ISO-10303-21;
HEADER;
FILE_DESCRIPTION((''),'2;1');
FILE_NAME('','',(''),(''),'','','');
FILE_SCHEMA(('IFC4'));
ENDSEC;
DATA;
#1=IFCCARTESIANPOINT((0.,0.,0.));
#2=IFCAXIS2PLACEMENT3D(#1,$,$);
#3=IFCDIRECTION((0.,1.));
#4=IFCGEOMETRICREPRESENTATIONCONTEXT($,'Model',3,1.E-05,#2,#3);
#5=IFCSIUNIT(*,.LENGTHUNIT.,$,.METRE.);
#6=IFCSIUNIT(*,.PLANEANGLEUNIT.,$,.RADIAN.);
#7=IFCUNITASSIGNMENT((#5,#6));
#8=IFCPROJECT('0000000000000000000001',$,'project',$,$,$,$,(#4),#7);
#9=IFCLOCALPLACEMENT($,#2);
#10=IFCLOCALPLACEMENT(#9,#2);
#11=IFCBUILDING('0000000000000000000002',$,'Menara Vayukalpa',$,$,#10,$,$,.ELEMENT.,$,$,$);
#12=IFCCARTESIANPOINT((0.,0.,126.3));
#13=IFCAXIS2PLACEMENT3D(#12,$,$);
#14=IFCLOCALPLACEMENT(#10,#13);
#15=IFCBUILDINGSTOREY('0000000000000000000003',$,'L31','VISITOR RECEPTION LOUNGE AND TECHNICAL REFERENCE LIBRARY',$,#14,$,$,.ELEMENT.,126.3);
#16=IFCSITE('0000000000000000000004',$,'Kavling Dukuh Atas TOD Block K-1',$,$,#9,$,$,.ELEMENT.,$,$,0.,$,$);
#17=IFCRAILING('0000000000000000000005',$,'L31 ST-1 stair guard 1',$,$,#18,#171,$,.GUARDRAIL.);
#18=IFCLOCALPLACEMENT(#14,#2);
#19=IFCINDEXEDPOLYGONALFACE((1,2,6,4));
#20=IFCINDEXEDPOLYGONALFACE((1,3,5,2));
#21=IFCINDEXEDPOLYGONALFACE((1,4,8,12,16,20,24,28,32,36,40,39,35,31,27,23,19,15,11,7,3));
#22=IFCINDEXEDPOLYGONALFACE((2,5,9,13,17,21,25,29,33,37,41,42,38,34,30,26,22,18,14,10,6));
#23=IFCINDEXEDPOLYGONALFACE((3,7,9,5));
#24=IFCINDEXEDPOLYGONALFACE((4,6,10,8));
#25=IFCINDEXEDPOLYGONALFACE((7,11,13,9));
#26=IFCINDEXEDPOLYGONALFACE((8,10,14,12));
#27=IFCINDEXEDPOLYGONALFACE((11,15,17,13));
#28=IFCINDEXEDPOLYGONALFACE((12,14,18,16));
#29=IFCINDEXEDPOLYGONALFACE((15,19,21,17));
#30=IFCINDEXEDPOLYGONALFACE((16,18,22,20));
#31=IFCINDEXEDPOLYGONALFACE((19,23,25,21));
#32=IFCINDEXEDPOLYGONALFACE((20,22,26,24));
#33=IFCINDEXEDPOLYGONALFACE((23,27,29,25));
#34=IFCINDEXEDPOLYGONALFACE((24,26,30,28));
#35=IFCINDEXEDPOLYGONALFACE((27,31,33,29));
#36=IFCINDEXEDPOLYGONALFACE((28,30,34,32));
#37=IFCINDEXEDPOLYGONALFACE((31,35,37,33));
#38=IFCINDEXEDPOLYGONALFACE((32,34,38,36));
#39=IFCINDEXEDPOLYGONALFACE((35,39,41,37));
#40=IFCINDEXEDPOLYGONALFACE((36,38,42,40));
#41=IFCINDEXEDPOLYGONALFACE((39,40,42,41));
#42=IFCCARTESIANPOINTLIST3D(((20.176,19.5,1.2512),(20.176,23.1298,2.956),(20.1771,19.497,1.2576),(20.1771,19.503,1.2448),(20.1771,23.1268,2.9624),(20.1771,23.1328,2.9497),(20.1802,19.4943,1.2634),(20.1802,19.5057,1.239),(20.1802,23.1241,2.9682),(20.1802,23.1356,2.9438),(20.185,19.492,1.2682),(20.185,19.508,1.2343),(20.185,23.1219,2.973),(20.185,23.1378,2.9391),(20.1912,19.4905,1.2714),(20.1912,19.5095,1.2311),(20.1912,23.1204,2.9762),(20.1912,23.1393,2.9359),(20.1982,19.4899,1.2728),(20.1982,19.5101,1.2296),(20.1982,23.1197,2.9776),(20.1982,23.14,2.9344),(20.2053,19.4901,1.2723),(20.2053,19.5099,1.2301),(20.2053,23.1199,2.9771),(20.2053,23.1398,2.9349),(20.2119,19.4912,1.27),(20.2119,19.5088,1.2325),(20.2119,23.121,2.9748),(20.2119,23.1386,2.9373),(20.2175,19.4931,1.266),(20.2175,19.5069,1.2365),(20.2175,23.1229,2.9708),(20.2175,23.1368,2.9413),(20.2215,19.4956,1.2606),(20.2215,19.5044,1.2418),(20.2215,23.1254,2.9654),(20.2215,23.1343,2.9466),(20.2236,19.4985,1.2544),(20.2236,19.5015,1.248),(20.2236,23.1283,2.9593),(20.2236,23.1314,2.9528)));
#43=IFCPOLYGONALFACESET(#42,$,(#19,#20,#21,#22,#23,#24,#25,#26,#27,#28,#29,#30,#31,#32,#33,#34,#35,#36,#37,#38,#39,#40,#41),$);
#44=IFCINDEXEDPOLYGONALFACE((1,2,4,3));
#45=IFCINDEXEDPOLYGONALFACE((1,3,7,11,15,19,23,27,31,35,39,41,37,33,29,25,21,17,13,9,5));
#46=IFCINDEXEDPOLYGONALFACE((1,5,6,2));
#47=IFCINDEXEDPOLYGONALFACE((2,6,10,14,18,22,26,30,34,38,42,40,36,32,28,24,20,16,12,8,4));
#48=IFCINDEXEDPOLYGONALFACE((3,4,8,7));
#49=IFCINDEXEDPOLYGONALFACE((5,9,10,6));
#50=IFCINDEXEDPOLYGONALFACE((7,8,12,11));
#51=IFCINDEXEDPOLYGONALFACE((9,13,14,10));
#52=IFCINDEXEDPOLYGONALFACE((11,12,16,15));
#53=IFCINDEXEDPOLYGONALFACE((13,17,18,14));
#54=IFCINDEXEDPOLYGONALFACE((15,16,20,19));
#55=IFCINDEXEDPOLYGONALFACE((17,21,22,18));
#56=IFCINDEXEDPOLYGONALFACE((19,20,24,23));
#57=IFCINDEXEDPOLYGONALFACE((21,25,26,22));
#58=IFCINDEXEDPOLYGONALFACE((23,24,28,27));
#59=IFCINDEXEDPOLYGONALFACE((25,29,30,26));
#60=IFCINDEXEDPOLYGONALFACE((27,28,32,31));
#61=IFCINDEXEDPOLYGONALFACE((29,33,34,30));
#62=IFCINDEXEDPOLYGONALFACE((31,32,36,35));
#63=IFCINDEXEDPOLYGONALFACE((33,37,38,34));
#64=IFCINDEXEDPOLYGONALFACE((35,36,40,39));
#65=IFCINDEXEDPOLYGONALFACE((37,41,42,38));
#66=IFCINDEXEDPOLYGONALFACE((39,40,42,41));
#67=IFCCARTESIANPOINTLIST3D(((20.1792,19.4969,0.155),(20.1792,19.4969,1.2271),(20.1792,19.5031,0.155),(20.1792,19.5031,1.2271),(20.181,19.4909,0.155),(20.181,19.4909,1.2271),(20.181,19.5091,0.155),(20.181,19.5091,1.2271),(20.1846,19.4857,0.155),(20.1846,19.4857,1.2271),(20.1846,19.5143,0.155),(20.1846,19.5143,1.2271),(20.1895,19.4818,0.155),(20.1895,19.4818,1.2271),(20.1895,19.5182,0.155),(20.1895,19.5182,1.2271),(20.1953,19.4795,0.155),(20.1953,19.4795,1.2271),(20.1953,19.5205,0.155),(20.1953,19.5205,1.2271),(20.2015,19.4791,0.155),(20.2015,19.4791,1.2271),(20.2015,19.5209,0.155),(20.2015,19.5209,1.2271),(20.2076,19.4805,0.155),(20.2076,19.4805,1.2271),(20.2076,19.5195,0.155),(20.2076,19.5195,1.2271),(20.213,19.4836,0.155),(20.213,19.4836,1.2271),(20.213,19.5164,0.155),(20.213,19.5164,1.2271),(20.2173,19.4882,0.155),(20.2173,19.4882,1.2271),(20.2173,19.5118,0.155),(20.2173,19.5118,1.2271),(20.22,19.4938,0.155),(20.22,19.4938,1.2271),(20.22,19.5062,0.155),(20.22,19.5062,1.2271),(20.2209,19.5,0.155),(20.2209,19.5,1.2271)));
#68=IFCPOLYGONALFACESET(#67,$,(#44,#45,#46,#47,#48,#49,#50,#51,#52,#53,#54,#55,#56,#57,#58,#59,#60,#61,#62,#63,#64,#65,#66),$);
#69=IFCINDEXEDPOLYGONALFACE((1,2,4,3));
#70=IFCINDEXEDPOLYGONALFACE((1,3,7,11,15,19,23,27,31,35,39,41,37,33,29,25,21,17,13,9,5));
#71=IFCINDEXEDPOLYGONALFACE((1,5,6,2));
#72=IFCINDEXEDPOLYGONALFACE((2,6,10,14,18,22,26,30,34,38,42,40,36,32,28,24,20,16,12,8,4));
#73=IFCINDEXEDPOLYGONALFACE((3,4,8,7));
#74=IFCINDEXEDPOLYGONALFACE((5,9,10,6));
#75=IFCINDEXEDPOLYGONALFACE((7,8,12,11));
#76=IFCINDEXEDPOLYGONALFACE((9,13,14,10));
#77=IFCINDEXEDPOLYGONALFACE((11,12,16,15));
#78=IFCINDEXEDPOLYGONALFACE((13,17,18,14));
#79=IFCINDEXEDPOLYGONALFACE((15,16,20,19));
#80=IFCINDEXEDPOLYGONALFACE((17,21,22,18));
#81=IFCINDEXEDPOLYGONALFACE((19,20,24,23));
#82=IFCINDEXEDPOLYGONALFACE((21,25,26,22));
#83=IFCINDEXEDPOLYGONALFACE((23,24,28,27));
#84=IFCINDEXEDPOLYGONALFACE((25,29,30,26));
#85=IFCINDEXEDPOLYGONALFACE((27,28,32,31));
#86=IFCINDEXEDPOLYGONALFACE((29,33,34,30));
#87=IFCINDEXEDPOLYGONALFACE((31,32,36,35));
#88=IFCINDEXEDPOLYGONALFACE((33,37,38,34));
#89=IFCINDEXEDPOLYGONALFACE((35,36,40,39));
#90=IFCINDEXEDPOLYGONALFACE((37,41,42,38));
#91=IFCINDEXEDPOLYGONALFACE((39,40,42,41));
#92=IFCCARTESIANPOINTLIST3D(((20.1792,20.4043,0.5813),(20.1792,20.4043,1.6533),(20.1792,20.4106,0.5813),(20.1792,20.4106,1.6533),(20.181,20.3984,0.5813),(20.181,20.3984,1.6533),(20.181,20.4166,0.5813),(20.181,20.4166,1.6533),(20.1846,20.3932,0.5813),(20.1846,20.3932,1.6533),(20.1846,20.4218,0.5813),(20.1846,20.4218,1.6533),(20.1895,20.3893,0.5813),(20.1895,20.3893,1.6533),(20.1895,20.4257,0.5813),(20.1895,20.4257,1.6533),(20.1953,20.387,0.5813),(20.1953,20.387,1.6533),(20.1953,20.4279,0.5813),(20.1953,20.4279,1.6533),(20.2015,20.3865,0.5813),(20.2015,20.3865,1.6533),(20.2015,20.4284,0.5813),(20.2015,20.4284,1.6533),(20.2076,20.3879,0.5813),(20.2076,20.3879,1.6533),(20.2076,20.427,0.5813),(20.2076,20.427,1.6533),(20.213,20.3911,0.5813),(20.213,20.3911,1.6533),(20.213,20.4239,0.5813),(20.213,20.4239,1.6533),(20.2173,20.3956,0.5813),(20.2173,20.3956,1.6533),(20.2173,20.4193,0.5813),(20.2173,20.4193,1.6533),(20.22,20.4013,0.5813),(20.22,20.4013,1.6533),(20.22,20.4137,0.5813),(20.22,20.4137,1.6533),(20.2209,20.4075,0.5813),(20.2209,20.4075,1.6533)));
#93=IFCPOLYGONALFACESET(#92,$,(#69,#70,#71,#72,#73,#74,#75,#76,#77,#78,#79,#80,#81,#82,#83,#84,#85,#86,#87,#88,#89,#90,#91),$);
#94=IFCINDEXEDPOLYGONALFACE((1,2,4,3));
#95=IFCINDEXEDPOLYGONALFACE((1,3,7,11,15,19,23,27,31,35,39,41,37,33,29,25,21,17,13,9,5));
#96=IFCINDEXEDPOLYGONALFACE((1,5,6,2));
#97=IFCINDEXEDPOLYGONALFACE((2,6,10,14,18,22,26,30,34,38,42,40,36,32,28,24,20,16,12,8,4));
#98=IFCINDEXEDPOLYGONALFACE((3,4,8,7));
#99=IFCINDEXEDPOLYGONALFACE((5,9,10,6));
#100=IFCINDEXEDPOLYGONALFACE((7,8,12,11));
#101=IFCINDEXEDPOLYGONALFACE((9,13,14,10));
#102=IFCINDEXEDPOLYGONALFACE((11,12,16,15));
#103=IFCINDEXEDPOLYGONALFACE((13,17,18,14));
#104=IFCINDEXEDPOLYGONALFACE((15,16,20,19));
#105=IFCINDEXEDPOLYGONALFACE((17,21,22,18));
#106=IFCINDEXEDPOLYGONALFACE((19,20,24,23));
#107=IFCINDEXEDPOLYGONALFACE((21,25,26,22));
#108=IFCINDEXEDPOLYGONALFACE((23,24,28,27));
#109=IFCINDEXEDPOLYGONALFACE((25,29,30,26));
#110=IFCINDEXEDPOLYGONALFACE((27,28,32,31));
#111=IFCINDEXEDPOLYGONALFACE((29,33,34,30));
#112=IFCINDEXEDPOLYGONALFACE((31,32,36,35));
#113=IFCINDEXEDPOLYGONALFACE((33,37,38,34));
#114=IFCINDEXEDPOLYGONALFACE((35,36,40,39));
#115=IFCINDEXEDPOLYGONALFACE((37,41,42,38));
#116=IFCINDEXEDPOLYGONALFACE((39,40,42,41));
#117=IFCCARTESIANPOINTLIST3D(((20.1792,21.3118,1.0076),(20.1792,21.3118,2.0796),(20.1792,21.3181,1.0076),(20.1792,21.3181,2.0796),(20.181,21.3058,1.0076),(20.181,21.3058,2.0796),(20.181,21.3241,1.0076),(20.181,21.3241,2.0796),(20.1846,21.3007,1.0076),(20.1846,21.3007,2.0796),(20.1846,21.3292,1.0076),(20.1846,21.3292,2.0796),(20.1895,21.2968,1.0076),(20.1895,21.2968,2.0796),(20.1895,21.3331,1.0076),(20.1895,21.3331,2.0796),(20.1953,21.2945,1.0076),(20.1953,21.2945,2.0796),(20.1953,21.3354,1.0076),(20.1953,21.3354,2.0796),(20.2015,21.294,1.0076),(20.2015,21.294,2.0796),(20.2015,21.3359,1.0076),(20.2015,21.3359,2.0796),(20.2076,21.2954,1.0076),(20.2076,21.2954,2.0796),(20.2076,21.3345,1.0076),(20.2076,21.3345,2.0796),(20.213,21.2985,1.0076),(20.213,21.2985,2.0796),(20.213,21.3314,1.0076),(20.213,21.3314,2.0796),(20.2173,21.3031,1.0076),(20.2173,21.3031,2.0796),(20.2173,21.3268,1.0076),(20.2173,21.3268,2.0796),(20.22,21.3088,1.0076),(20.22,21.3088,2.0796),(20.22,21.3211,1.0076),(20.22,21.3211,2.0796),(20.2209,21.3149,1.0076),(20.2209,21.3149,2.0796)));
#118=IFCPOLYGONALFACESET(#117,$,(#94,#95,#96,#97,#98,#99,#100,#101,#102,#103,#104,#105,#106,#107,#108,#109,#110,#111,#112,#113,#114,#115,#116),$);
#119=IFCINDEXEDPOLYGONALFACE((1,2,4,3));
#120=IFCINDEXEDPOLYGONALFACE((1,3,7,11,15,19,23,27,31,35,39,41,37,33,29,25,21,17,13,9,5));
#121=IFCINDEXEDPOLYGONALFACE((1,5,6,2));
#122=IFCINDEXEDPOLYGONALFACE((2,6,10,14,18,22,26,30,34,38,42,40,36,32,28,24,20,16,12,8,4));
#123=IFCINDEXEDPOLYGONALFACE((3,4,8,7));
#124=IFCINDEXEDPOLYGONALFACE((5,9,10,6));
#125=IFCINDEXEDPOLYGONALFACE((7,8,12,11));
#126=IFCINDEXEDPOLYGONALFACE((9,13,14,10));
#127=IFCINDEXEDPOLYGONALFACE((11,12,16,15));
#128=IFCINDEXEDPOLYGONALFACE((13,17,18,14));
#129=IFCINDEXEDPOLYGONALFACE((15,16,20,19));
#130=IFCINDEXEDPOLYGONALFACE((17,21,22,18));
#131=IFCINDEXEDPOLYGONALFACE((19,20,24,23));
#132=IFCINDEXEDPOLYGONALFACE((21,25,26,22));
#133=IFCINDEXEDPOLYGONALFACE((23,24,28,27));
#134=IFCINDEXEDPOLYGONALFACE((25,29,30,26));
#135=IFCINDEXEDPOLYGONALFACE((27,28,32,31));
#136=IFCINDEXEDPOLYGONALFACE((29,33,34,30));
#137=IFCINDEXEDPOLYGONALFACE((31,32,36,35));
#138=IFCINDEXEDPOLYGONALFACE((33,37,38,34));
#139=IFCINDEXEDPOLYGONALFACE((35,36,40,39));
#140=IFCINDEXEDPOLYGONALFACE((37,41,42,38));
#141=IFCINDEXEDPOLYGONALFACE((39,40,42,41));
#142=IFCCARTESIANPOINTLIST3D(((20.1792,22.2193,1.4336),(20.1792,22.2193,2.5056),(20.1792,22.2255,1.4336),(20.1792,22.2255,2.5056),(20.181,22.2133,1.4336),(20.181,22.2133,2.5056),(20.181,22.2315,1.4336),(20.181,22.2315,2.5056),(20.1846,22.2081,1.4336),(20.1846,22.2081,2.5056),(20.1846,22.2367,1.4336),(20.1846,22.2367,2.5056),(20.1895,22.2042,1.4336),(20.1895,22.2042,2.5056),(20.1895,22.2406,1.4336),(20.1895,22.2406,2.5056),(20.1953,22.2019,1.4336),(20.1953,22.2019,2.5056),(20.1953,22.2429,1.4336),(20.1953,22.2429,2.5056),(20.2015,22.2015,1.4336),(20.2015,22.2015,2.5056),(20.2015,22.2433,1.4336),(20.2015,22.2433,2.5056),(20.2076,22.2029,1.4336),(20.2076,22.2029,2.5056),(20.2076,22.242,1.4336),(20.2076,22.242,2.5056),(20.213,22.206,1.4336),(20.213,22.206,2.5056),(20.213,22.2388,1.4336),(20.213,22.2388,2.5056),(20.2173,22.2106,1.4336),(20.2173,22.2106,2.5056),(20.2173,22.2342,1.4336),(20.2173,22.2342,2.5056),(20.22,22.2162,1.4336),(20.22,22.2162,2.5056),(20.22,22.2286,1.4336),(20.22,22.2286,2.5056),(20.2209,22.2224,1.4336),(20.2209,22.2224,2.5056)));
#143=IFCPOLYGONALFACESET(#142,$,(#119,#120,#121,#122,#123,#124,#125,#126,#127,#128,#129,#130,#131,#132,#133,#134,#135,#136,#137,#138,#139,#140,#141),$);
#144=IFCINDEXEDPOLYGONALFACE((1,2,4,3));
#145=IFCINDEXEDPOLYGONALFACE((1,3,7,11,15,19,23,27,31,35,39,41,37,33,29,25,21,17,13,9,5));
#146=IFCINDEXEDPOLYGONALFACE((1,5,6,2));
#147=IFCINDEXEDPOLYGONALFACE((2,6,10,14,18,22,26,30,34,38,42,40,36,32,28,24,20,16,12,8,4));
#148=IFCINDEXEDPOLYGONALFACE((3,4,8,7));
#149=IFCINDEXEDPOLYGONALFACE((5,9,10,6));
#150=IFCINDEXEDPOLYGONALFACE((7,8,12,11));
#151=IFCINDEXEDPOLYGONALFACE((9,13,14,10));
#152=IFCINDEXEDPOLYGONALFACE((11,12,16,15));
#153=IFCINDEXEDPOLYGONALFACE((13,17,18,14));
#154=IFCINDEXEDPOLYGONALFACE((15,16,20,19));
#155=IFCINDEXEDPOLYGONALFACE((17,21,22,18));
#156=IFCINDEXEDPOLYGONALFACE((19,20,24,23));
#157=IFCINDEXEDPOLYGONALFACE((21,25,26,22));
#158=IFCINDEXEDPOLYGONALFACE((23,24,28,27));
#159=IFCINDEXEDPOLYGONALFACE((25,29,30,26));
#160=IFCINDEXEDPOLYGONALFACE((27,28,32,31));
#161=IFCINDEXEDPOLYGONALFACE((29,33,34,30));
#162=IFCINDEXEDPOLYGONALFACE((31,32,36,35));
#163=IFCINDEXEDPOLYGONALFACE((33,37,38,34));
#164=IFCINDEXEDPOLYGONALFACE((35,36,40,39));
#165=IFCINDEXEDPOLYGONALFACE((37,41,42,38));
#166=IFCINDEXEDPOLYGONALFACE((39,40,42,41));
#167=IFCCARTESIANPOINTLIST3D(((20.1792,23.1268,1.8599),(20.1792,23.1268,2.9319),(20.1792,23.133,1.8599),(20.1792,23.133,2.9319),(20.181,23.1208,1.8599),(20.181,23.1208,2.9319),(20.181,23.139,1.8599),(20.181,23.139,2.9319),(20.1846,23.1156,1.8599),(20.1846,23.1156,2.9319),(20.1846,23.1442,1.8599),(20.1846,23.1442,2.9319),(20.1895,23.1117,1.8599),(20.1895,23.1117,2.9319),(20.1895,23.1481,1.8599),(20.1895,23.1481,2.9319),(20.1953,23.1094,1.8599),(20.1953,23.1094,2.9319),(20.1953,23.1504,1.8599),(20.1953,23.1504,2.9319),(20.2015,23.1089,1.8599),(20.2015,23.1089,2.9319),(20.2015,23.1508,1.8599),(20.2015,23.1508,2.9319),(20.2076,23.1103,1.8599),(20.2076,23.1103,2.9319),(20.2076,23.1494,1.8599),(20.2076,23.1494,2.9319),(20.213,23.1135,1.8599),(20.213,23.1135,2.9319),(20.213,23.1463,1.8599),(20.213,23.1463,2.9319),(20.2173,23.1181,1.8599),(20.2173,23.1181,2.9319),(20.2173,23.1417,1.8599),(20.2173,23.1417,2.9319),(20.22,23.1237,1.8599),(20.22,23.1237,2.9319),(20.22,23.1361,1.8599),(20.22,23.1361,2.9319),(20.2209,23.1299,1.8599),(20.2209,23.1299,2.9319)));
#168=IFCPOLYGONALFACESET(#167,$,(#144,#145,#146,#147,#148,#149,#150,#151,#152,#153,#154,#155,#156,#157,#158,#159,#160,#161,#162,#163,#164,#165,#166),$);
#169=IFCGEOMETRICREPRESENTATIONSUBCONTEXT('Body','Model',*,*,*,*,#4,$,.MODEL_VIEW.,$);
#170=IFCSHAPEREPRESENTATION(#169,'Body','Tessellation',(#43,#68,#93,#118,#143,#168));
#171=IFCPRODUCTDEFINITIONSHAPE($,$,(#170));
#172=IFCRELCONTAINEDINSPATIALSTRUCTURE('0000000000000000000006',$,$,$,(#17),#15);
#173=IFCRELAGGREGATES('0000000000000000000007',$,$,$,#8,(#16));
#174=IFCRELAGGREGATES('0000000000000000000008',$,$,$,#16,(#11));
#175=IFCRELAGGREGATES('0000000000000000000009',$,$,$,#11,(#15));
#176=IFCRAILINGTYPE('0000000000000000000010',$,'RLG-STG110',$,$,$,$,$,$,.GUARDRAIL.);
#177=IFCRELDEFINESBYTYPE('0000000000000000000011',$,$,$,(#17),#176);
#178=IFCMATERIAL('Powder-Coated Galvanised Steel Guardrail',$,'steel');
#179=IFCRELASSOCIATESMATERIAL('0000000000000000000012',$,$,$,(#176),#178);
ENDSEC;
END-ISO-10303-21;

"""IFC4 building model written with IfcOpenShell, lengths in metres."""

from ifc_helpers import new_model, si_unit, direction, frame, origin, origin_2d, place, context, subcontext, project, spatial, circle, extrude, material, type_object, element, save


model = new_model("IFC4")

# Units and contexts
model_context = context("Model", 3, precision=1e-05, world=origin(), true_north=direction((0.0, 1.0)))
body_context = subcontext(model_context, "Body", "Model", "MODEL_VIEW")
ifc_project = project(units=[si_unit("LENGTHUNIT", "METRE"), si_unit("PLANEANGLEUNIT", "RADIAN")], contexts=[model_context])

# Site, building, storey
site_placement = place(None, origin())
site = spatial("IfcSite", under=ifc_project, at=site_placement, Name="Kavling Dukuh Atas TOD Block K-1", CompositionType="ELEMENT", RefElevation=0.0)
building_placement = place(site_placement, origin())
building = spatial("IfcBuilding", under=site, at=building_placement, Name="Menara Vayukalpa", CompositionType="ELEMENT")
storey_placement = place(building_placement, frame((0.0, 0.0, 126.3)))
storey = spatial("IfcBuildingStorey", under=building, at=storey_placement, Name="L31", Description="VISITOR RECEPTION LOUNGE AND TECHNICAL REFERENCE LIBRARY", CompositionType="ELEMENT", Elevation=126.3)

# Railing
ifc_material_1 = material(Name="Powder-Coated Galvanised Steel Guardrail", Category="steel")
railing_type_1 = type_object("IfcRailingType", Name="RLG-STG110", PredefinedType="GUARDRAIL", material=ifc_material_1)
railing_1_placement = place(storey_placement, frame((20.2, 19.5, 0.155)))
element("IfcRailing", 1, at=railing_1_placement, inside=storey, type_object=railing_type_1, Name="L31 ST-1 stair guard 1", PredefinedType="GUARDRAIL", context=body_context, shape_type="SweptSolid", body=[
    extrude(circle(Radius=0.0239, at=origin_2d()), frame((0.0, 0.0, 1.0962), z_axis=(0.0, 0.90514, 0.425114), x_axis=(-1.0, 0.0, 0.0)), (0.0, 0.0, 1.0), 4.0103),
    extrude(circle(Radius=0.021, at=origin_2d()), origin(), (0.0, 0.0, 1.0), 1.072),
    extrude(circle(Radius=0.021, at=origin_2d()), frame((0.0, 0.9075, 0.4263)), (0.0, 0.0, 1.0), 1.072),
    extrude(circle(Radius=0.021, at=origin_2d()), frame((0.0, 1.8149, 0.8525)), (0.0, 0.0, 1.0), 1.072),
    extrude(circle(Radius=0.021, at=origin_2d()), frame((0.0, 2.7224, 1.2786)), (0.0, 0.0, 1.0), 1.072),
    extrude(circle(Radius=0.021, at=origin_2d()), frame((0.0, 3.6299, 1.7048)), (0.0, 0.0, 1.0), 1.072),
])

save(model, "model.ifc")
